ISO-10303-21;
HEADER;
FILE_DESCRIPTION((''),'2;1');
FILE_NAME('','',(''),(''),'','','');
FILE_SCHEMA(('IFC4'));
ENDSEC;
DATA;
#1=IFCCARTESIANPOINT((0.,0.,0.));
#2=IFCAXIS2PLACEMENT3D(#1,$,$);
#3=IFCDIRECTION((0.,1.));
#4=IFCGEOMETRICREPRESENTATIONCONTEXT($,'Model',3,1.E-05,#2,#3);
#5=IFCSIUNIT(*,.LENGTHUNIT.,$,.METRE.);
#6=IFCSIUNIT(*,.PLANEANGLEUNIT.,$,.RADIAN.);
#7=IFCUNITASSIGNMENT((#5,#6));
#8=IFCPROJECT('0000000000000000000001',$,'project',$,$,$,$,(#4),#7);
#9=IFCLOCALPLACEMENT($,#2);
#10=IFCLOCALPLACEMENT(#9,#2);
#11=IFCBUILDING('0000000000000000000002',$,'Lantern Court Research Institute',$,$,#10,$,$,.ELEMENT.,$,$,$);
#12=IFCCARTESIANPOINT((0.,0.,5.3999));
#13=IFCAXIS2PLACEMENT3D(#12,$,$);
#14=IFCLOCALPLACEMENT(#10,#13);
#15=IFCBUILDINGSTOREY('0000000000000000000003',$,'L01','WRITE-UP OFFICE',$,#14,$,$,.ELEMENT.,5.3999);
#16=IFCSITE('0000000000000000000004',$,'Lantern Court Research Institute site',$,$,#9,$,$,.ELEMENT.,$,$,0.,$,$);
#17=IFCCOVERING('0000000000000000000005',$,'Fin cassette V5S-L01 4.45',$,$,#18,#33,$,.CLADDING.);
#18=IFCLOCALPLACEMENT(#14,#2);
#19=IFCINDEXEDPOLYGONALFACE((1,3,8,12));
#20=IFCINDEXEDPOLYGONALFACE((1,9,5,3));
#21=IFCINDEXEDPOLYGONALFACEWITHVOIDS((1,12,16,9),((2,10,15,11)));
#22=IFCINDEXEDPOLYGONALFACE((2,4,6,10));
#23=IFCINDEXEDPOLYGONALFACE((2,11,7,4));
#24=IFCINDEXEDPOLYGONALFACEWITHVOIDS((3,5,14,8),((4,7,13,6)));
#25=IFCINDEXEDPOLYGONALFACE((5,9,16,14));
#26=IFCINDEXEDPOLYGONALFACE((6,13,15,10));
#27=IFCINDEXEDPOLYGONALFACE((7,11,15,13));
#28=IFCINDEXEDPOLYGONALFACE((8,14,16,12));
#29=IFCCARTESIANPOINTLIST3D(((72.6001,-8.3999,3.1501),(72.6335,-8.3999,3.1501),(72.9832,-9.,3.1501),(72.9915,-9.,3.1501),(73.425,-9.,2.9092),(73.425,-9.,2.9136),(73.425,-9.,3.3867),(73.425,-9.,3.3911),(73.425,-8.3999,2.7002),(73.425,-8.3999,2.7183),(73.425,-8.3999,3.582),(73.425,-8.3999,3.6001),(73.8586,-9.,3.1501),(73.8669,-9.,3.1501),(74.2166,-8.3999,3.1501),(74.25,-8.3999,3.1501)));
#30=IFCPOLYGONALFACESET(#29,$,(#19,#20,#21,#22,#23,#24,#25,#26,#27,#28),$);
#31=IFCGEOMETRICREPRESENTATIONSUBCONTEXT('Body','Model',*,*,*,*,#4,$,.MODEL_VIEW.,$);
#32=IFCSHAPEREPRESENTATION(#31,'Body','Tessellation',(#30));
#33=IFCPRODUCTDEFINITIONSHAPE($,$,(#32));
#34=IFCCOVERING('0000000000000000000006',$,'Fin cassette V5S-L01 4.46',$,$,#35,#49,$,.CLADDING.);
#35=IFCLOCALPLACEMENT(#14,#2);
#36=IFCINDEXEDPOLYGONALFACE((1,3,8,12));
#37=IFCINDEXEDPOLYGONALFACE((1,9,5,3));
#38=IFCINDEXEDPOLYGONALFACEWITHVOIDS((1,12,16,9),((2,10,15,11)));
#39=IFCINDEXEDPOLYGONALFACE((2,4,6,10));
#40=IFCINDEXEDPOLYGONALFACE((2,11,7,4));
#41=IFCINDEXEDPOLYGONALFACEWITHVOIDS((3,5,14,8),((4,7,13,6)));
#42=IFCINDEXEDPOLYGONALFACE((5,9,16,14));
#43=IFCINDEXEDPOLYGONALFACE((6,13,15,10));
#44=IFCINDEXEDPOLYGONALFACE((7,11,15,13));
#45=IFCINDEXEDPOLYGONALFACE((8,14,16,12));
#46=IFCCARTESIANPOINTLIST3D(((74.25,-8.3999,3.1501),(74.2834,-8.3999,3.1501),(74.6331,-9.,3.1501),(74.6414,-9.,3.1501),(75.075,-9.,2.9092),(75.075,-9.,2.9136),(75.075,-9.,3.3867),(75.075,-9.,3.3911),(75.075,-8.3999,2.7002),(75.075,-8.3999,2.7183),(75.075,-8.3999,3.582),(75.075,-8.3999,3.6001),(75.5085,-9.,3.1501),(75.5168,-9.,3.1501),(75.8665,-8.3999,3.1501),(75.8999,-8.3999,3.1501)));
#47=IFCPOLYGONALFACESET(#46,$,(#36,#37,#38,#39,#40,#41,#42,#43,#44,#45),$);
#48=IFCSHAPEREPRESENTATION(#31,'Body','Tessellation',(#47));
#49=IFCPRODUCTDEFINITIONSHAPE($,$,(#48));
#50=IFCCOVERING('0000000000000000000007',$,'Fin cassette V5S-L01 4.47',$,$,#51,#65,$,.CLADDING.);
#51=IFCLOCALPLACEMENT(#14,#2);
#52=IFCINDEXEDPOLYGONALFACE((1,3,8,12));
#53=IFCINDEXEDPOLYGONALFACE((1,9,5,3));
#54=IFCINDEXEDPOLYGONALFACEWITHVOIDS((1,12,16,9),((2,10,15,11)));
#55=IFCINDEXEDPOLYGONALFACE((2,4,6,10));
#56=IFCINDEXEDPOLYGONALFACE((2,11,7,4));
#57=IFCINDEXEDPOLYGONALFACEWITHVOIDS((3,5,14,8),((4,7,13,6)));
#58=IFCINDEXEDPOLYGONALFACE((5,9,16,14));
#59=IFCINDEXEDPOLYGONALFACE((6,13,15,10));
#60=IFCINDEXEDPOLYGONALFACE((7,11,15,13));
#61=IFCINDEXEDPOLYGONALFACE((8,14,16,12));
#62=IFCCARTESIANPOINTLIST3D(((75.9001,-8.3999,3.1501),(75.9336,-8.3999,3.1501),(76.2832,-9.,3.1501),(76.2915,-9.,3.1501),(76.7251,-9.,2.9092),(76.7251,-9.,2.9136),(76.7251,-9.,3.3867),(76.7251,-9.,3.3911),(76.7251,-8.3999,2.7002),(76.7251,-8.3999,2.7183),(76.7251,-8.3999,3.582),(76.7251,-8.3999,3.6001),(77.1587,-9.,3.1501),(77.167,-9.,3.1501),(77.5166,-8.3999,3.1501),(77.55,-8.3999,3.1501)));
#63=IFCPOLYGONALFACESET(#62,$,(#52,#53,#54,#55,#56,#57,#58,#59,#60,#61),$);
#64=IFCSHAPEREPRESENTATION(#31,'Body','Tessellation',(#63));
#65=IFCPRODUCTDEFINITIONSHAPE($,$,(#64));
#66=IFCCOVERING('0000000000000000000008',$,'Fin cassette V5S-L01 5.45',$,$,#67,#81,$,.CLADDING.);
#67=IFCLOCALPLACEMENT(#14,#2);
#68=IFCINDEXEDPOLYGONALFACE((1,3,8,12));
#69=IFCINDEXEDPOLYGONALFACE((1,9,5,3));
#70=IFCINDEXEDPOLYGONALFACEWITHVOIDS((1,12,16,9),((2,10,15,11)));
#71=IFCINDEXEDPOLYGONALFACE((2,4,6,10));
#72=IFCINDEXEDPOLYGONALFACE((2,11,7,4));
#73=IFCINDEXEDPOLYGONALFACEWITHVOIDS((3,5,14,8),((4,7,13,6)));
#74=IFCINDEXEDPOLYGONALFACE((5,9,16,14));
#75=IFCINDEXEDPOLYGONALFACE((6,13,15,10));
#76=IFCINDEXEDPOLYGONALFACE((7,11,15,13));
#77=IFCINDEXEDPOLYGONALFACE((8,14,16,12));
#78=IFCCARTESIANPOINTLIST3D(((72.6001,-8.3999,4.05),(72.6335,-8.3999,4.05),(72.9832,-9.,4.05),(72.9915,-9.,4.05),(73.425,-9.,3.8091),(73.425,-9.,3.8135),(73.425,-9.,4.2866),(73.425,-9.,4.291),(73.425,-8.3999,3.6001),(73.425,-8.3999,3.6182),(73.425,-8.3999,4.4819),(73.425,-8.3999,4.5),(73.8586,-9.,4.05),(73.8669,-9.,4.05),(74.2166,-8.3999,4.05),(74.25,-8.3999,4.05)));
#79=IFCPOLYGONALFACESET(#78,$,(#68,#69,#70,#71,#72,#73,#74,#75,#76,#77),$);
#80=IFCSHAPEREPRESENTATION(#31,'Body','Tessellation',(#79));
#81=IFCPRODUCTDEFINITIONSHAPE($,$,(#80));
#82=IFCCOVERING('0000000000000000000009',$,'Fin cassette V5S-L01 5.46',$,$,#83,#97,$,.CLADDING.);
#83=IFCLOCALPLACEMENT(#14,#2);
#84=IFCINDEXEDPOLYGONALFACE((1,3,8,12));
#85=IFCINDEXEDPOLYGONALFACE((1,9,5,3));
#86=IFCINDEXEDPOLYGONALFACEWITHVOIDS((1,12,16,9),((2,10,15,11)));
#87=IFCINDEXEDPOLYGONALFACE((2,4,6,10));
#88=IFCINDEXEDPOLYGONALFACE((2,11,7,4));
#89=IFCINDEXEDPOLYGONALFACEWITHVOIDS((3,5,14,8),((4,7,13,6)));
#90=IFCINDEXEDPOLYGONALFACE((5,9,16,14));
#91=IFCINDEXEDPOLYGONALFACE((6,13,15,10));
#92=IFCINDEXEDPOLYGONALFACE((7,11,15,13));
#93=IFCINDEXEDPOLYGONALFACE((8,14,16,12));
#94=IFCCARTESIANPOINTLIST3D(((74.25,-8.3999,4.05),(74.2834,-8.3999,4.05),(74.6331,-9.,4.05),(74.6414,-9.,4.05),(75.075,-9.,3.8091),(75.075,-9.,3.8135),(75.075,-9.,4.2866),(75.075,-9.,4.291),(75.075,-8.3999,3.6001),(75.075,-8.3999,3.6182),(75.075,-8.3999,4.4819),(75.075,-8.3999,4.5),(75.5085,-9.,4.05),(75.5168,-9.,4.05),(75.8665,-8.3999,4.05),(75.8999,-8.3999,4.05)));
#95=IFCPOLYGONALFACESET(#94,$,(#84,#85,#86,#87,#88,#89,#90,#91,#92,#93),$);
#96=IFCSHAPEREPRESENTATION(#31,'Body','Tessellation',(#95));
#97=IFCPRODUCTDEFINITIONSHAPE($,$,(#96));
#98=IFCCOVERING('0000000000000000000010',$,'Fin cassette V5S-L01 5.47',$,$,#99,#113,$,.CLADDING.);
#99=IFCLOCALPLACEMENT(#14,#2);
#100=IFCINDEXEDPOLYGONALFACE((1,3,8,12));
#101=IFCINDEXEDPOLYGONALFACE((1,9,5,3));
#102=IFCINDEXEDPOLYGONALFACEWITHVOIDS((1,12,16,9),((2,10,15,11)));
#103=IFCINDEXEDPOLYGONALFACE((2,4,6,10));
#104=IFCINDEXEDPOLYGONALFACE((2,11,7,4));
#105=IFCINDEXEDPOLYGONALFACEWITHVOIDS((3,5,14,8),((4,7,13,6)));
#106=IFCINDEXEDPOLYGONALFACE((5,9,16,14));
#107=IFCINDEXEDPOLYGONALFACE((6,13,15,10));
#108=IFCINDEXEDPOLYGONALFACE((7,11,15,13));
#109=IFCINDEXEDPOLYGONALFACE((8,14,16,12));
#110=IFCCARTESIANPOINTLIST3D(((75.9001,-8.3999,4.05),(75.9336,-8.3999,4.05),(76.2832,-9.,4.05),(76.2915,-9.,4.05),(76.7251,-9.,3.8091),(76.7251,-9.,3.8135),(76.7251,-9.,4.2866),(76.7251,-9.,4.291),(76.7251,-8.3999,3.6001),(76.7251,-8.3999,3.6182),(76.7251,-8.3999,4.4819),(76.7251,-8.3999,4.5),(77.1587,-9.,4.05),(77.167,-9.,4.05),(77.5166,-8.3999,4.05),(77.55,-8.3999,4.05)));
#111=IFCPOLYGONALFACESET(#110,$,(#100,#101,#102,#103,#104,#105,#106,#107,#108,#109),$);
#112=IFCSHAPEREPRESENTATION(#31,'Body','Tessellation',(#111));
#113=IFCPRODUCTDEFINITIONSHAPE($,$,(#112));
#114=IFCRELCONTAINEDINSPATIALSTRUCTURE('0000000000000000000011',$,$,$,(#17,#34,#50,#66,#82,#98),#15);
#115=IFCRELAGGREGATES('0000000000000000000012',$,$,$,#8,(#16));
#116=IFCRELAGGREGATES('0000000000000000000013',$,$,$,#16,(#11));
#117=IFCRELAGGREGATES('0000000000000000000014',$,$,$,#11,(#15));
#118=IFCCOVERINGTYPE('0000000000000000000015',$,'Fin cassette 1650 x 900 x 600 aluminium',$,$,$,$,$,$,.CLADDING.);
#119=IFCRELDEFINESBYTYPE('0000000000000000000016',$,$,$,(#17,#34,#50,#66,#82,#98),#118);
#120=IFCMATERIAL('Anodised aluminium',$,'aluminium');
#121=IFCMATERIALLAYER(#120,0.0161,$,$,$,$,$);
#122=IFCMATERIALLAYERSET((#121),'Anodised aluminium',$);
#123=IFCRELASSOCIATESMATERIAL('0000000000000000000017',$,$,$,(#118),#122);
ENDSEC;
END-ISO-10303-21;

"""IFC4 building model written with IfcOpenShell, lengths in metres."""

from ifc_helpers import new_model, entity, si_unit, direction, frame, origin, place, context, subcontext, project, spatial, material, layer, layer_set, type_object, element, save


model = new_model("IFC4")

# Units and contexts
model_context = context("Model", 3, precision=1e-05, world=origin(), true_north=direction((0.0, 1.0)))
body_context = subcontext(model_context, "Body", "Model", "MODEL_VIEW")
ifc_project = project(units=[si_unit("LENGTHUNIT", "METRE"), si_unit("PLANEANGLEUNIT", "RADIAN")], contexts=[model_context])

# Site, building, storey
site_placement = place(None, origin())
site = spatial("IfcSite", under=ifc_project, at=site_placement, Name="Lantern Court Research Institute site", CompositionType="ELEMENT", RefElevation=0.0)
building_placement = place(site_placement, origin())
building = spatial("IfcBuilding", under=site, at=building_placement, Name="Lantern Court Research Institute", CompositionType="ELEMENT")
storey_placement = place(building_placement, frame((0.0, 0.0, 5.3999)))
storey = spatial("IfcBuildingStorey", under=building, at=storey_placement, Name="L01", Description="WRITE-UP OFFICE", CompositionType="ELEMENT", Elevation=5.3999)

# Coverings
ifc_material_1 = material(Name="Anodised aluminium", Category="aluminium")
ifc_layer_1 = layer(ifc_material_1, 0.0161)
ifc_layer_set_1 = layer_set([ifc_layer_1], Name="Anodised aluminium")
covering_type = type_object("IfcCoveringType", Name="Fin cassette 1650 x 900 x 600 aluminium", PredefinedType="CLADDING", material=ifc_layer_set_1)
covering_1_placement = place(storey_placement, frame((73.425, -8.3999, 3.1501), z_axis=(0.0, -1.0, 0.0), x_axis=(1.0, 0.0, 0.0)))
cartesian_point_1 = entity("IfcCartesianPoint", [0.825, 0.0])
cartesian_point_2 = entity("IfcCartesianPoint", [0.7915, 0.0])
cartesian_point_3 = entity("IfcCartesianPoint", [0.4419, 0.0])
cartesian_point_4 = entity("IfcCartesianPoint", [0.4336, 0.0])
element("IfcCovering", 1, at=covering_1_placement, inside=storey, type_object=covering_type, Name="Fin cassette V5S-L01 4.45", PredefinedType="CLADDING", context=body_context, shape_type="SweptSolid", body=[
    entity("IfcExtrudedAreaSolidTapered", entity("IfcArbitraryProfileDefWithVoids", "AREA", None, entity("IfcPolyline", [cartesian_point_1, entity("IfcCartesianPoint", [0.0, 0.45]), entity("IfcCartesianPoint", [-0.825, 0.0]), entity("IfcCartesianPoint", [0.0, -0.45]), cartesian_point_1]), [entity("IfcPolyline", [cartesian_point_2, entity("IfcCartesianPoint", [0.0, 0.4319]), entity("IfcCartesianPoint", [-0.7915, 0.0]), entity("IfcCartesianPoint", [0.0, -0.4319]), cartesian_point_2])]), entity("IfcAxis2Placement3D", entity("IfcCartesianPoint", [0.0, 0.0, 0.0])), entity("IfcDirection", [0.0, 0.0, 1.0]), 0.6001, entity("IfcArbitraryProfileDefWithVoids", "AREA", None, entity("IfcPolyline", [cartesian_point_3, entity("IfcCartesianPoint", [0.0, 0.241]), entity("IfcCartesianPoint", [-0.4419, 0.0]), entity("IfcCartesianPoint", [0.0, -0.241]), cartesian_point_3]), [entity("IfcPolyline", [cartesian_point_4, entity("IfcCartesianPoint", [0.0, 0.2366]), entity("IfcCartesianPoint", [-0.4336, 0.0]), entity("IfcCartesianPoint", [0.0, -0.2366]), cartesian_point_4])])),
])
covering_2_placement = place(storey_placement, frame((75.075, -8.3999, 3.1501), z_axis=(0.0, -1.0, 0.0), x_axis=(1.0, 0.0, 0.0)))
cartesian_point_5 = entity("IfcCartesianPoint", [0.825, 0.0])
cartesian_point_6 = entity("IfcCartesianPoint", [0.7915, 0.0])
cartesian_point_7 = entity("IfcCartesianPoint", [0.4419, 0.0])
cartesian_point_8 = entity("IfcCartesianPoint", [0.4336, 0.0])
element("IfcCovering", 2, at=covering_2_placement, inside=storey, type_object=covering_type, Name="Fin cassette V5S-L01 4.46", PredefinedType="CLADDING", context=body_context, shape_type="SweptSolid", body=[
    entity("IfcExtrudedAreaSolidTapered", entity("IfcArbitraryProfileDefWithVoids", "AREA", None, entity("IfcPolyline", [cartesian_point_5, entity("IfcCartesianPoint", [0.0, 0.45]), entity("IfcCartesianPoint", [-0.825, 0.0]), entity("IfcCartesianPoint", [0.0, -0.45]), cartesian_point_5]), [entity("IfcPolyline", [cartesian_point_6, entity("IfcCartesianPoint", [0.0, 0.4319]), entity("IfcCartesianPoint", [-0.7915, 0.0]), entity("IfcCartesianPoint", [0.0, -0.4319]), cartesian_point_6])]), entity("IfcAxis2Placement3D", entity("IfcCartesianPoint", [0.0, 0.0, 0.0])), entity("IfcDirection", [0.0, 0.0, 1.0]), 0.6001, entity("IfcArbitraryProfileDefWithVoids", "AREA", None, entity("IfcPolyline", [cartesian_point_7, entity("IfcCartesianPoint", [0.0, 0.241]), entity("IfcCartesianPoint", [-0.4419, 0.0]), entity("IfcCartesianPoint", [0.0, -0.241]), cartesian_point_7]), [entity("IfcPolyline", [cartesian_point_8, entity("IfcCartesianPoint", [0.0, 0.2366]), entity("IfcCartesianPoint", [-0.4336, 0.0]), entity("IfcCartesianPoint", [0.0, -0.2366]), cartesian_point_8])])),
])
covering_3_placement = place(storey_placement, frame((76.7251, -8.3999, 3.1501), z_axis=(0.0, -1.0, 0.0), x_axis=(1.0, 0.0, 0.0)))
cartesian_point_9 = entity("IfcCartesianPoint", [0.825, 0.0])
cartesian_point_10 = entity("IfcCartesianPoint", [0.7915, 0.0])
cartesian_point_11 = entity("IfcCartesianPoint", [0.4419, 0.0])
cartesian_point_12 = entity("IfcCartesianPoint", [0.4336, 0.0])
element("IfcCovering", 3, at=covering_3_placement, inside=storey, type_object=covering_type, Name="Fin cassette V5S-L01 4.47", PredefinedType="CLADDING", context=body_context, shape_type="SweptSolid", body=[
    entity("IfcExtrudedAreaSolidTapered", entity("IfcArbitraryProfileDefWithVoids", "AREA", None, entity("IfcPolyline", [cartesian_point_9, entity("IfcCartesianPoint", [0.0, 0.45]), entity("IfcCartesianPoint", [-0.825, 0.0]), entity("IfcCartesianPoint", [0.0, -0.45]), cartesian_point_9]), [entity("IfcPolyline", [cartesian_point_10, entity("IfcCartesianPoint", [0.0, 0.4319]), entity("IfcCartesianPoint", [-0.7915, 0.0]), entity("IfcCartesianPoint", [0.0, -0.4319]), cartesian_point_10])]), entity("IfcAxis2Placement3D", entity("IfcCartesianPoint", [0.0, 0.0, 0.0])), entity("IfcDirection", [0.0, 0.0, 1.0]), 0.6001, entity("IfcArbitraryProfileDefWithVoids", "AREA", None, entity("IfcPolyline", [cartesian_point_11, entity("IfcCartesianPoint", [0.0, 0.241]), entity("IfcCartesianPoint", [-0.4419, 0.0]), entity("IfcCartesianPoint", [0.0, -0.241]), cartesian_point_11]), [entity("IfcPolyline", [cartesian_point_12, entity("IfcCartesianPoint", [0.0, 0.2366]), entity("IfcCartesianPoint", [-0.4336, 0.0]), entity("IfcCartesianPoint", [0.0, -0.2366]), cartesian_point_12])])),
])
covering_4_placement = place(storey_placement, frame((73.425, -8.3999, 4.05), z_axis=(0.0, -1.0, 0.0), x_axis=(1.0, 0.0, 0.0)))
cartesian_point_13 = entity("IfcCartesianPoint", [0.825, 0.0])
cartesian_point_14 = entity("IfcCartesianPoint", [0.7915, 0.0])
cartesian_point_15 = entity("IfcCartesianPoint", [0.4419, 0.0])
cartesian_point_16 = entity("IfcCartesianPoint", [0.4336, 0.0])
element("IfcCovering", 4, at=covering_4_placement, inside=storey, type_object=covering_type, Name="Fin cassette V5S-L01 5.45", PredefinedType="CLADDING", context=body_context, shape_type="SweptSolid", body=[
    entity("IfcExtrudedAreaSolidTapered", entity("IfcArbitraryProfileDefWithVoids", "AREA", None, entity("IfcPolyline", [cartesian_point_13, entity("IfcCartesianPoint", [0.0, 0.45]), entity("IfcCartesianPoint", [-0.825, 0.0]), entity("IfcCartesianPoint", [0.0, -0.45]), cartesian_point_13]), [entity("IfcPolyline", [cartesian_point_14, entity("IfcCartesianPoint", [0.0, 0.4319]), entity("IfcCartesianPoint", [-0.7915, 0.0]), entity("IfcCartesianPoint", [0.0, -0.4319]), cartesian_point_14])]), entity("IfcAxis2Placement3D", entity("IfcCartesianPoint", [0.0, 0.0, 0.0])), entity("IfcDirection", [0.0, 0.0, 1.0]), 0.6001, entity("IfcArbitraryProfileDefWithVoids", "AREA", None, entity("IfcPolyline", [cartesian_point_15, entity("IfcCartesianPoint", [0.0, 0.241]), entity("IfcCartesianPoint", [-0.4419, 0.0]), entity("IfcCartesianPoint", [0.0, -0.241]), cartesian_point_15]), [entity("IfcPolyline", [cartesian_point_16, entity("IfcCartesianPoint", [0.0, 0.2366]), entity("IfcCartesianPoint", [-0.4336, 0.0]), entity("IfcCartesianPoint", [0.0, -0.2366]), cartesian_point_16])])),
])
covering_5_placement = place(storey_placement, frame((75.075, -8.3999, 4.05), z_axis=(0.0, -1.0, 0.0), x_axis=(1.0, 0.0, 0.0)))
cartesian_point_17 = entity("IfcCartesianPoint", [0.825, 0.0])
cartesian_point_18 = entity("IfcCartesianPoint", [0.7915, 0.0])
cartesian_point_19 = entity("IfcCartesianPoint", [0.4419, 0.0])
cartesian_point_20 = entity("IfcCartesianPoint", [0.4336, 0.0])
element("IfcCovering", 5, at=covering_5_placement, inside=storey, type_object=covering_type, Name="Fin cassette V5S-L01 5.46", PredefinedType="CLADDING", context=body_context, shape_type="SweptSolid", body=[
    entity("IfcExtrudedAreaSolidTapered", entity("IfcArbitraryProfileDefWithVoids", "AREA", None, entity("IfcPolyline", [cartesian_point_17, entity("IfcCartesianPoint", [0.0, 0.45]), entity("IfcCartesianPoint", [-0.825, 0.0]), entity("IfcCartesianPoint", [0.0, -0.45]), cartesian_point_17]), [entity("IfcPolyline", [cartesian_point_18, entity("IfcCartesianPoint", [0.0, 0.4319]), entity("IfcCartesianPoint", [-0.7915, 0.0]), entity("IfcCartesianPoint", [0.0, -0.4319]), cartesian_point_18])]), entity("IfcAxis2Placement3D", entity("IfcCartesianPoint", [0.0, 0.0, 0.0])), entity("IfcDirection", [0.0, 0.0, 1.0]), 0.6001, entity("IfcArbitraryProfileDefWithVoids", "AREA", None, entity("IfcPolyline", [cartesian_point_19, entity("IfcCartesianPoint", [0.0, 0.241]), entity("IfcCartesianPoint", [-0.4419, 0.0]), entity("IfcCartesianPoint", [0.0, -0.241]), cartesian_point_19]), [entity("IfcPolyline", [cartesian_point_20, entity("IfcCartesianPoint", [0.0, 0.2366]), entity("IfcCartesianPoint", [-0.4336, 0.0]), entity("IfcCartesianPoint", [0.0, -0.2366]), cartesian_point_20])])),
])
covering_6_placement = place(storey_placement, frame((76.7251, -8.3999, 4.05), z_axis=(0.0, -1.0, 0.0), x_axis=(1.0, 0.0, 0.0)))
cartesian_point_21 = entity("IfcCartesianPoint", [0.825, 0.0])
cartesian_point_22 = entity("IfcCartesianPoint", [0.7915, 0.0])
cartesian_point_23 = entity("IfcCartesianPoint", [0.4419, 0.0])
cartesian_point_24 = entity("IfcCartesianPoint", [0.4336, 0.0])
element("IfcCovering", 6, at=covering_6_placement, inside=storey, type_object=covering_type, Name="Fin cassette V5S-L01 5.47", PredefinedType="CLADDING", context=body_context, shape_type="SweptSolid", body=[
    entity("IfcExtrudedAreaSolidTapered", entity("IfcArbitraryProfileDefWithVoids", "AREA", None, entity("IfcPolyline", [cartesian_point_21, entity("IfcCartesianPoint", [0.0, 0.45]), entity("IfcCartesianPoint", [-0.825, 0.0]), entity("IfcCartesianPoint", [0.0, -0.45]), cartesian_point_21]), [entity("IfcPolyline", [cartesian_point_22, entity("IfcCartesianPoint", [0.0, 0.4319]), entity("IfcCartesianPoint", [-0.7915, 0.0]), entity("IfcCartesianPoint", [0.0, -0.4319]), cartesian_point_22])]), entity("IfcAxis2Placement3D", entity("IfcCartesianPoint", [0.0, 0.0, 0.0])), entity("IfcDirection", [0.0, 0.0, 1.0]), 0.6001, entity("IfcArbitraryProfileDefWithVoids", "AREA", None, entity("IfcPolyline", [cartesian_point_23, entity("IfcCartesianPoint", [0.0, 0.241]), entity("IfcCartesianPoint", [-0.4419, 0.0]), entity("IfcCartesianPoint", [0.0, -0.241]), cartesian_point_23]), [entity("IfcPolyline", [cartesian_point_24, entity("IfcCartesianPoint", [0.0, 0.2366]), entity("IfcCartesianPoint", [-0.4336, 0.0]), entity("IfcCartesianPoint", [0.0, -0.2366]), cartesian_point_24])])),
])

save(model, "model.ifc")
